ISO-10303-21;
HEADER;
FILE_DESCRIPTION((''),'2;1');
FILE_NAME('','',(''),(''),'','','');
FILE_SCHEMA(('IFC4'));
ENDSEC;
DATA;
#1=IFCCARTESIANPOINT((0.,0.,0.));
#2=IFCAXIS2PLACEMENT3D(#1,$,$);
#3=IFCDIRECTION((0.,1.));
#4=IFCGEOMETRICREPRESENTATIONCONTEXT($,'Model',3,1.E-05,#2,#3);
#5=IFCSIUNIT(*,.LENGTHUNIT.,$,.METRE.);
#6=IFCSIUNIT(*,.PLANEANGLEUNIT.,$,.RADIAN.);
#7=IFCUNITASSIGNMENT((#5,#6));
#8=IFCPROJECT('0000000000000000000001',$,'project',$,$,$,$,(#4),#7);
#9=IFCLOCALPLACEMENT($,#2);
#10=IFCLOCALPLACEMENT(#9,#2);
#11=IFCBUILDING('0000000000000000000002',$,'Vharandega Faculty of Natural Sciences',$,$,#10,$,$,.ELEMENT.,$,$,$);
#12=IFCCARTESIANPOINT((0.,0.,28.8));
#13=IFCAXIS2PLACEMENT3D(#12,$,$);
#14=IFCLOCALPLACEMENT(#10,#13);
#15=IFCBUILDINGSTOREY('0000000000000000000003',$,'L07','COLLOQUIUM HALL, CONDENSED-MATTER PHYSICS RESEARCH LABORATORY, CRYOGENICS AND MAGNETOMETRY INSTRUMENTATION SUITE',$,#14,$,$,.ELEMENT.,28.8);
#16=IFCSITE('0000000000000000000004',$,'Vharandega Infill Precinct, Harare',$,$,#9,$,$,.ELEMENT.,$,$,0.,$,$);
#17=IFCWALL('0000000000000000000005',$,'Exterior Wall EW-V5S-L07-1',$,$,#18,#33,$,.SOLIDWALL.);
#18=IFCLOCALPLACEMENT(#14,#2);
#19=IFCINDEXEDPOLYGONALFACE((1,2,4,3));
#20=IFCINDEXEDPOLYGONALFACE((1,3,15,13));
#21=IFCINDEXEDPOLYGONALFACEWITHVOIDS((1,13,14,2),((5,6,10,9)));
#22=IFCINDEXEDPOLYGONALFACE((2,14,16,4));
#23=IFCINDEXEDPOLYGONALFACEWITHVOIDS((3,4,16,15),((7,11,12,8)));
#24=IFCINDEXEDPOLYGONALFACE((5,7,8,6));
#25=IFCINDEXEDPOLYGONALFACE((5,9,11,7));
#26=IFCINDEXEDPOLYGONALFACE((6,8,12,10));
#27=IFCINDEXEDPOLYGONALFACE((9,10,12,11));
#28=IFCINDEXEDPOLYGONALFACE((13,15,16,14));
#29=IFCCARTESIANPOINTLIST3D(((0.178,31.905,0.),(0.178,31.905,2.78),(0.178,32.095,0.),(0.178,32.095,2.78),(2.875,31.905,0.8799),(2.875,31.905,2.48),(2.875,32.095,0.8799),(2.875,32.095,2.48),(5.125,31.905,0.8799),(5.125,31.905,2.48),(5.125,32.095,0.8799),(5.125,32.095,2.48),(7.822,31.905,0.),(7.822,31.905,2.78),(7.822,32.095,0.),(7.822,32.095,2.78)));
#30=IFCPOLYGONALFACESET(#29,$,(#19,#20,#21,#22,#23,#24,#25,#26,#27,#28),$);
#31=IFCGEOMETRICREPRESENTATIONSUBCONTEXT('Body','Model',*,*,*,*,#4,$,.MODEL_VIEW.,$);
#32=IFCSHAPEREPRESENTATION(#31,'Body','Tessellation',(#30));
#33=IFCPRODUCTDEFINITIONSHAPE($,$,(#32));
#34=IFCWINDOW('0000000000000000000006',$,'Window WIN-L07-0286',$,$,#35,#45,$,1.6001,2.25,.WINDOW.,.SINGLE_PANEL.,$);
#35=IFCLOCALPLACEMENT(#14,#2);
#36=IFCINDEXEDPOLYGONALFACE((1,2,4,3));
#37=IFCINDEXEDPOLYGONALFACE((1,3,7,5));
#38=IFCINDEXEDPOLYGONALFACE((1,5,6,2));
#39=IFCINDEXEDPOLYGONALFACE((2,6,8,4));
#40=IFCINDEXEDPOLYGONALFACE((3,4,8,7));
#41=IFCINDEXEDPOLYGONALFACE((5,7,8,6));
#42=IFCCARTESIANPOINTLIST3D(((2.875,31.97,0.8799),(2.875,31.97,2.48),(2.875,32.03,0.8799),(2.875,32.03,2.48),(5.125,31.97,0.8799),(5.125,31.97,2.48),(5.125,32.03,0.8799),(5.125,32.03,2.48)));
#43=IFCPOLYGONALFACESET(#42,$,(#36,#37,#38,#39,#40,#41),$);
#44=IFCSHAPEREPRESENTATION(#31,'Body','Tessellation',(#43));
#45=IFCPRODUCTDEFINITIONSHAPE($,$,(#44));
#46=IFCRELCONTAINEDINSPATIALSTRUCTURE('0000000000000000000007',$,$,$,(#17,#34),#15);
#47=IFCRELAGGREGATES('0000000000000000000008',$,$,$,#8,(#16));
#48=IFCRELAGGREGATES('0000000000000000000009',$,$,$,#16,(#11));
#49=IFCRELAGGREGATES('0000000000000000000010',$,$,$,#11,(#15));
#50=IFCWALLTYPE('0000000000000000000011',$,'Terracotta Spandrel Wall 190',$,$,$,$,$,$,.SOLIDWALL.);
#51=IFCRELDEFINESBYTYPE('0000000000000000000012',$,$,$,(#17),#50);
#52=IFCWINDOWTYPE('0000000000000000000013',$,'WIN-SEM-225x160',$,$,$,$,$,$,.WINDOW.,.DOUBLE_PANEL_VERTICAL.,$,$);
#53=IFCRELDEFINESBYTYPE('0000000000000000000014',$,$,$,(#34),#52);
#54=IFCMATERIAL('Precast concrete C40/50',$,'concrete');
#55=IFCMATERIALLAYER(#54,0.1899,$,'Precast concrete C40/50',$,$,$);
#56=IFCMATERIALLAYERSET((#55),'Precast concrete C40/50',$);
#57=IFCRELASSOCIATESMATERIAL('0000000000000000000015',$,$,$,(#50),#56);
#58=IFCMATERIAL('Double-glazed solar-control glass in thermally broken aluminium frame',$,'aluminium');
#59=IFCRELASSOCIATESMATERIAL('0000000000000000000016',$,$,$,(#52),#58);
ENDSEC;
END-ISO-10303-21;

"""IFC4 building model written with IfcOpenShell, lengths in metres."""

from ifc_helpers import new_model, si_unit, direction, frame, frame_2d, origin, place, context, subcontext, project, spatial, rectangle, extrude, material, layer, layer_set, type_object, element, fill, save


model = new_model("IFC4")

# Units and contexts
model_context = context("Model", 3, precision=1e-05, world=origin(), true_north=direction((0.0, 1.0)))
body_context = subcontext(model_context, "Body", "Model", "MODEL_VIEW")
ifc_project = project(units=[si_unit("LENGTHUNIT", "METRE"), si_unit("PLANEANGLEUNIT", "RADIAN")], contexts=[model_context])

# Site, building, storey
site_placement = place(None, origin())
site = spatial("IfcSite", under=ifc_project, at=site_placement, Name="Vharandega Infill Precinct, Harare", CompositionType="ELEMENT", RefElevation=0.0)
building_placement = place(site_placement, origin())
building = spatial("IfcBuilding", under=site, at=building_placement, Name="Vharandega Faculty of Natural Sciences", CompositionType="ELEMENT")
storey_placement = place(building_placement, frame((0.0, 0.0, 28.8)))
storey = spatial("IfcBuildingStorey", under=building, at=storey_placement, Name="L07", Description="COLLOQUIUM HALL, CONDENSED-MATTER PHYSICS RESEARCH LABORATORY, CRYOGENICS AND MAGNETOMETRY INSTRUMENTATION SUITE", CompositionType="ELEMENT", Elevation=28.8)

# Wall, opening, window
ifc_material_1 = material(Name="Precast concrete C40/50", Category="concrete")
ifc_layer_1 = layer(ifc_material_1, 0.1899, Name="Precast concrete C40/50")
ifc_layer_set_1 = layer_set([ifc_layer_1], Name="Precast concrete C40/50")
wall_type_1 = type_object("IfcWallType", Name="Terracotta Spandrel Wall 190", PredefinedType="SOLIDWALL", material=ifc_layer_set_1)
wall_1_placement = place(storey_placement, frame((7.822, 32.0, 0.0), z_axis=(0.0, 0.0, 1.0), x_axis=(-1.0, 0.0, 0.0)))
wall_1 = element("IfcWall", 1, at=wall_1_placement, inside=storey, type_object=wall_type_1, Name="Exterior Wall EW-V5S-L07-1", PredefinedType="SOLIDWALL", context=body_context, shape_type="SweptSolid", body=[
    extrude(rectangle(XDim=7.644, YDim=0.1899, at=frame_2d((3.822, 0.0))), origin(), (0.0, 0.0, 1.0), 2.78),
])
opening_placement = place(wall_1_placement, frame((2.697, 0.0, 0.8799)))
opening = element("IfcOpeningElement", 2, at=opening_placement, cuts=wall_1, PredefinedType="OPENING", context=body_context, shape_type="SweptSolid", body=[
    extrude(rectangle(XDim=2.25, YDim=1.6001, at=frame_2d((1.125, 0.8))), frame((0.0, 0.105, 0.0), z_axis=(0.0, -1.0, 0.0), x_axis=(1.0, 0.0, 0.0)), (0.0, 0.0, 1.0), 0.21),
])
ifc_material_2 = material(Name="Double-glazed solar-control glass in thermally broken aluminium frame", Category="aluminium")
window_type = type_object("IfcWindowType", Name="WIN-SEM-225x160", PartitioningType="DOUBLE_PANEL_VERTICAL", PredefinedType="WINDOW", material=ifc_material_2)
window_placement = place(opening_placement, origin())
window = element("IfcWindow", 3, at=window_placement, inside=storey, type_object=window_type, Name="Window WIN-L07-0286", OverallHeight=1.6001, OverallWidth=2.25, PartitioningType="SINGLE_PANEL", PredefinedType="WINDOW", context=body_context, shape_type="SweptSolid", body=[
    extrude(rectangle(XDim=2.25, YDim=1.6001, at=frame_2d((1.125, 0.8))), frame((0.0, 0.03, 0.0), z_axis=(0.0, -1.0, 0.0), x_axis=(1.0, 0.0, 0.0)), (0.0, 0.0, 1.0), 0.0601),
])
fill(opening, window)

save(model, "model.ifc")
